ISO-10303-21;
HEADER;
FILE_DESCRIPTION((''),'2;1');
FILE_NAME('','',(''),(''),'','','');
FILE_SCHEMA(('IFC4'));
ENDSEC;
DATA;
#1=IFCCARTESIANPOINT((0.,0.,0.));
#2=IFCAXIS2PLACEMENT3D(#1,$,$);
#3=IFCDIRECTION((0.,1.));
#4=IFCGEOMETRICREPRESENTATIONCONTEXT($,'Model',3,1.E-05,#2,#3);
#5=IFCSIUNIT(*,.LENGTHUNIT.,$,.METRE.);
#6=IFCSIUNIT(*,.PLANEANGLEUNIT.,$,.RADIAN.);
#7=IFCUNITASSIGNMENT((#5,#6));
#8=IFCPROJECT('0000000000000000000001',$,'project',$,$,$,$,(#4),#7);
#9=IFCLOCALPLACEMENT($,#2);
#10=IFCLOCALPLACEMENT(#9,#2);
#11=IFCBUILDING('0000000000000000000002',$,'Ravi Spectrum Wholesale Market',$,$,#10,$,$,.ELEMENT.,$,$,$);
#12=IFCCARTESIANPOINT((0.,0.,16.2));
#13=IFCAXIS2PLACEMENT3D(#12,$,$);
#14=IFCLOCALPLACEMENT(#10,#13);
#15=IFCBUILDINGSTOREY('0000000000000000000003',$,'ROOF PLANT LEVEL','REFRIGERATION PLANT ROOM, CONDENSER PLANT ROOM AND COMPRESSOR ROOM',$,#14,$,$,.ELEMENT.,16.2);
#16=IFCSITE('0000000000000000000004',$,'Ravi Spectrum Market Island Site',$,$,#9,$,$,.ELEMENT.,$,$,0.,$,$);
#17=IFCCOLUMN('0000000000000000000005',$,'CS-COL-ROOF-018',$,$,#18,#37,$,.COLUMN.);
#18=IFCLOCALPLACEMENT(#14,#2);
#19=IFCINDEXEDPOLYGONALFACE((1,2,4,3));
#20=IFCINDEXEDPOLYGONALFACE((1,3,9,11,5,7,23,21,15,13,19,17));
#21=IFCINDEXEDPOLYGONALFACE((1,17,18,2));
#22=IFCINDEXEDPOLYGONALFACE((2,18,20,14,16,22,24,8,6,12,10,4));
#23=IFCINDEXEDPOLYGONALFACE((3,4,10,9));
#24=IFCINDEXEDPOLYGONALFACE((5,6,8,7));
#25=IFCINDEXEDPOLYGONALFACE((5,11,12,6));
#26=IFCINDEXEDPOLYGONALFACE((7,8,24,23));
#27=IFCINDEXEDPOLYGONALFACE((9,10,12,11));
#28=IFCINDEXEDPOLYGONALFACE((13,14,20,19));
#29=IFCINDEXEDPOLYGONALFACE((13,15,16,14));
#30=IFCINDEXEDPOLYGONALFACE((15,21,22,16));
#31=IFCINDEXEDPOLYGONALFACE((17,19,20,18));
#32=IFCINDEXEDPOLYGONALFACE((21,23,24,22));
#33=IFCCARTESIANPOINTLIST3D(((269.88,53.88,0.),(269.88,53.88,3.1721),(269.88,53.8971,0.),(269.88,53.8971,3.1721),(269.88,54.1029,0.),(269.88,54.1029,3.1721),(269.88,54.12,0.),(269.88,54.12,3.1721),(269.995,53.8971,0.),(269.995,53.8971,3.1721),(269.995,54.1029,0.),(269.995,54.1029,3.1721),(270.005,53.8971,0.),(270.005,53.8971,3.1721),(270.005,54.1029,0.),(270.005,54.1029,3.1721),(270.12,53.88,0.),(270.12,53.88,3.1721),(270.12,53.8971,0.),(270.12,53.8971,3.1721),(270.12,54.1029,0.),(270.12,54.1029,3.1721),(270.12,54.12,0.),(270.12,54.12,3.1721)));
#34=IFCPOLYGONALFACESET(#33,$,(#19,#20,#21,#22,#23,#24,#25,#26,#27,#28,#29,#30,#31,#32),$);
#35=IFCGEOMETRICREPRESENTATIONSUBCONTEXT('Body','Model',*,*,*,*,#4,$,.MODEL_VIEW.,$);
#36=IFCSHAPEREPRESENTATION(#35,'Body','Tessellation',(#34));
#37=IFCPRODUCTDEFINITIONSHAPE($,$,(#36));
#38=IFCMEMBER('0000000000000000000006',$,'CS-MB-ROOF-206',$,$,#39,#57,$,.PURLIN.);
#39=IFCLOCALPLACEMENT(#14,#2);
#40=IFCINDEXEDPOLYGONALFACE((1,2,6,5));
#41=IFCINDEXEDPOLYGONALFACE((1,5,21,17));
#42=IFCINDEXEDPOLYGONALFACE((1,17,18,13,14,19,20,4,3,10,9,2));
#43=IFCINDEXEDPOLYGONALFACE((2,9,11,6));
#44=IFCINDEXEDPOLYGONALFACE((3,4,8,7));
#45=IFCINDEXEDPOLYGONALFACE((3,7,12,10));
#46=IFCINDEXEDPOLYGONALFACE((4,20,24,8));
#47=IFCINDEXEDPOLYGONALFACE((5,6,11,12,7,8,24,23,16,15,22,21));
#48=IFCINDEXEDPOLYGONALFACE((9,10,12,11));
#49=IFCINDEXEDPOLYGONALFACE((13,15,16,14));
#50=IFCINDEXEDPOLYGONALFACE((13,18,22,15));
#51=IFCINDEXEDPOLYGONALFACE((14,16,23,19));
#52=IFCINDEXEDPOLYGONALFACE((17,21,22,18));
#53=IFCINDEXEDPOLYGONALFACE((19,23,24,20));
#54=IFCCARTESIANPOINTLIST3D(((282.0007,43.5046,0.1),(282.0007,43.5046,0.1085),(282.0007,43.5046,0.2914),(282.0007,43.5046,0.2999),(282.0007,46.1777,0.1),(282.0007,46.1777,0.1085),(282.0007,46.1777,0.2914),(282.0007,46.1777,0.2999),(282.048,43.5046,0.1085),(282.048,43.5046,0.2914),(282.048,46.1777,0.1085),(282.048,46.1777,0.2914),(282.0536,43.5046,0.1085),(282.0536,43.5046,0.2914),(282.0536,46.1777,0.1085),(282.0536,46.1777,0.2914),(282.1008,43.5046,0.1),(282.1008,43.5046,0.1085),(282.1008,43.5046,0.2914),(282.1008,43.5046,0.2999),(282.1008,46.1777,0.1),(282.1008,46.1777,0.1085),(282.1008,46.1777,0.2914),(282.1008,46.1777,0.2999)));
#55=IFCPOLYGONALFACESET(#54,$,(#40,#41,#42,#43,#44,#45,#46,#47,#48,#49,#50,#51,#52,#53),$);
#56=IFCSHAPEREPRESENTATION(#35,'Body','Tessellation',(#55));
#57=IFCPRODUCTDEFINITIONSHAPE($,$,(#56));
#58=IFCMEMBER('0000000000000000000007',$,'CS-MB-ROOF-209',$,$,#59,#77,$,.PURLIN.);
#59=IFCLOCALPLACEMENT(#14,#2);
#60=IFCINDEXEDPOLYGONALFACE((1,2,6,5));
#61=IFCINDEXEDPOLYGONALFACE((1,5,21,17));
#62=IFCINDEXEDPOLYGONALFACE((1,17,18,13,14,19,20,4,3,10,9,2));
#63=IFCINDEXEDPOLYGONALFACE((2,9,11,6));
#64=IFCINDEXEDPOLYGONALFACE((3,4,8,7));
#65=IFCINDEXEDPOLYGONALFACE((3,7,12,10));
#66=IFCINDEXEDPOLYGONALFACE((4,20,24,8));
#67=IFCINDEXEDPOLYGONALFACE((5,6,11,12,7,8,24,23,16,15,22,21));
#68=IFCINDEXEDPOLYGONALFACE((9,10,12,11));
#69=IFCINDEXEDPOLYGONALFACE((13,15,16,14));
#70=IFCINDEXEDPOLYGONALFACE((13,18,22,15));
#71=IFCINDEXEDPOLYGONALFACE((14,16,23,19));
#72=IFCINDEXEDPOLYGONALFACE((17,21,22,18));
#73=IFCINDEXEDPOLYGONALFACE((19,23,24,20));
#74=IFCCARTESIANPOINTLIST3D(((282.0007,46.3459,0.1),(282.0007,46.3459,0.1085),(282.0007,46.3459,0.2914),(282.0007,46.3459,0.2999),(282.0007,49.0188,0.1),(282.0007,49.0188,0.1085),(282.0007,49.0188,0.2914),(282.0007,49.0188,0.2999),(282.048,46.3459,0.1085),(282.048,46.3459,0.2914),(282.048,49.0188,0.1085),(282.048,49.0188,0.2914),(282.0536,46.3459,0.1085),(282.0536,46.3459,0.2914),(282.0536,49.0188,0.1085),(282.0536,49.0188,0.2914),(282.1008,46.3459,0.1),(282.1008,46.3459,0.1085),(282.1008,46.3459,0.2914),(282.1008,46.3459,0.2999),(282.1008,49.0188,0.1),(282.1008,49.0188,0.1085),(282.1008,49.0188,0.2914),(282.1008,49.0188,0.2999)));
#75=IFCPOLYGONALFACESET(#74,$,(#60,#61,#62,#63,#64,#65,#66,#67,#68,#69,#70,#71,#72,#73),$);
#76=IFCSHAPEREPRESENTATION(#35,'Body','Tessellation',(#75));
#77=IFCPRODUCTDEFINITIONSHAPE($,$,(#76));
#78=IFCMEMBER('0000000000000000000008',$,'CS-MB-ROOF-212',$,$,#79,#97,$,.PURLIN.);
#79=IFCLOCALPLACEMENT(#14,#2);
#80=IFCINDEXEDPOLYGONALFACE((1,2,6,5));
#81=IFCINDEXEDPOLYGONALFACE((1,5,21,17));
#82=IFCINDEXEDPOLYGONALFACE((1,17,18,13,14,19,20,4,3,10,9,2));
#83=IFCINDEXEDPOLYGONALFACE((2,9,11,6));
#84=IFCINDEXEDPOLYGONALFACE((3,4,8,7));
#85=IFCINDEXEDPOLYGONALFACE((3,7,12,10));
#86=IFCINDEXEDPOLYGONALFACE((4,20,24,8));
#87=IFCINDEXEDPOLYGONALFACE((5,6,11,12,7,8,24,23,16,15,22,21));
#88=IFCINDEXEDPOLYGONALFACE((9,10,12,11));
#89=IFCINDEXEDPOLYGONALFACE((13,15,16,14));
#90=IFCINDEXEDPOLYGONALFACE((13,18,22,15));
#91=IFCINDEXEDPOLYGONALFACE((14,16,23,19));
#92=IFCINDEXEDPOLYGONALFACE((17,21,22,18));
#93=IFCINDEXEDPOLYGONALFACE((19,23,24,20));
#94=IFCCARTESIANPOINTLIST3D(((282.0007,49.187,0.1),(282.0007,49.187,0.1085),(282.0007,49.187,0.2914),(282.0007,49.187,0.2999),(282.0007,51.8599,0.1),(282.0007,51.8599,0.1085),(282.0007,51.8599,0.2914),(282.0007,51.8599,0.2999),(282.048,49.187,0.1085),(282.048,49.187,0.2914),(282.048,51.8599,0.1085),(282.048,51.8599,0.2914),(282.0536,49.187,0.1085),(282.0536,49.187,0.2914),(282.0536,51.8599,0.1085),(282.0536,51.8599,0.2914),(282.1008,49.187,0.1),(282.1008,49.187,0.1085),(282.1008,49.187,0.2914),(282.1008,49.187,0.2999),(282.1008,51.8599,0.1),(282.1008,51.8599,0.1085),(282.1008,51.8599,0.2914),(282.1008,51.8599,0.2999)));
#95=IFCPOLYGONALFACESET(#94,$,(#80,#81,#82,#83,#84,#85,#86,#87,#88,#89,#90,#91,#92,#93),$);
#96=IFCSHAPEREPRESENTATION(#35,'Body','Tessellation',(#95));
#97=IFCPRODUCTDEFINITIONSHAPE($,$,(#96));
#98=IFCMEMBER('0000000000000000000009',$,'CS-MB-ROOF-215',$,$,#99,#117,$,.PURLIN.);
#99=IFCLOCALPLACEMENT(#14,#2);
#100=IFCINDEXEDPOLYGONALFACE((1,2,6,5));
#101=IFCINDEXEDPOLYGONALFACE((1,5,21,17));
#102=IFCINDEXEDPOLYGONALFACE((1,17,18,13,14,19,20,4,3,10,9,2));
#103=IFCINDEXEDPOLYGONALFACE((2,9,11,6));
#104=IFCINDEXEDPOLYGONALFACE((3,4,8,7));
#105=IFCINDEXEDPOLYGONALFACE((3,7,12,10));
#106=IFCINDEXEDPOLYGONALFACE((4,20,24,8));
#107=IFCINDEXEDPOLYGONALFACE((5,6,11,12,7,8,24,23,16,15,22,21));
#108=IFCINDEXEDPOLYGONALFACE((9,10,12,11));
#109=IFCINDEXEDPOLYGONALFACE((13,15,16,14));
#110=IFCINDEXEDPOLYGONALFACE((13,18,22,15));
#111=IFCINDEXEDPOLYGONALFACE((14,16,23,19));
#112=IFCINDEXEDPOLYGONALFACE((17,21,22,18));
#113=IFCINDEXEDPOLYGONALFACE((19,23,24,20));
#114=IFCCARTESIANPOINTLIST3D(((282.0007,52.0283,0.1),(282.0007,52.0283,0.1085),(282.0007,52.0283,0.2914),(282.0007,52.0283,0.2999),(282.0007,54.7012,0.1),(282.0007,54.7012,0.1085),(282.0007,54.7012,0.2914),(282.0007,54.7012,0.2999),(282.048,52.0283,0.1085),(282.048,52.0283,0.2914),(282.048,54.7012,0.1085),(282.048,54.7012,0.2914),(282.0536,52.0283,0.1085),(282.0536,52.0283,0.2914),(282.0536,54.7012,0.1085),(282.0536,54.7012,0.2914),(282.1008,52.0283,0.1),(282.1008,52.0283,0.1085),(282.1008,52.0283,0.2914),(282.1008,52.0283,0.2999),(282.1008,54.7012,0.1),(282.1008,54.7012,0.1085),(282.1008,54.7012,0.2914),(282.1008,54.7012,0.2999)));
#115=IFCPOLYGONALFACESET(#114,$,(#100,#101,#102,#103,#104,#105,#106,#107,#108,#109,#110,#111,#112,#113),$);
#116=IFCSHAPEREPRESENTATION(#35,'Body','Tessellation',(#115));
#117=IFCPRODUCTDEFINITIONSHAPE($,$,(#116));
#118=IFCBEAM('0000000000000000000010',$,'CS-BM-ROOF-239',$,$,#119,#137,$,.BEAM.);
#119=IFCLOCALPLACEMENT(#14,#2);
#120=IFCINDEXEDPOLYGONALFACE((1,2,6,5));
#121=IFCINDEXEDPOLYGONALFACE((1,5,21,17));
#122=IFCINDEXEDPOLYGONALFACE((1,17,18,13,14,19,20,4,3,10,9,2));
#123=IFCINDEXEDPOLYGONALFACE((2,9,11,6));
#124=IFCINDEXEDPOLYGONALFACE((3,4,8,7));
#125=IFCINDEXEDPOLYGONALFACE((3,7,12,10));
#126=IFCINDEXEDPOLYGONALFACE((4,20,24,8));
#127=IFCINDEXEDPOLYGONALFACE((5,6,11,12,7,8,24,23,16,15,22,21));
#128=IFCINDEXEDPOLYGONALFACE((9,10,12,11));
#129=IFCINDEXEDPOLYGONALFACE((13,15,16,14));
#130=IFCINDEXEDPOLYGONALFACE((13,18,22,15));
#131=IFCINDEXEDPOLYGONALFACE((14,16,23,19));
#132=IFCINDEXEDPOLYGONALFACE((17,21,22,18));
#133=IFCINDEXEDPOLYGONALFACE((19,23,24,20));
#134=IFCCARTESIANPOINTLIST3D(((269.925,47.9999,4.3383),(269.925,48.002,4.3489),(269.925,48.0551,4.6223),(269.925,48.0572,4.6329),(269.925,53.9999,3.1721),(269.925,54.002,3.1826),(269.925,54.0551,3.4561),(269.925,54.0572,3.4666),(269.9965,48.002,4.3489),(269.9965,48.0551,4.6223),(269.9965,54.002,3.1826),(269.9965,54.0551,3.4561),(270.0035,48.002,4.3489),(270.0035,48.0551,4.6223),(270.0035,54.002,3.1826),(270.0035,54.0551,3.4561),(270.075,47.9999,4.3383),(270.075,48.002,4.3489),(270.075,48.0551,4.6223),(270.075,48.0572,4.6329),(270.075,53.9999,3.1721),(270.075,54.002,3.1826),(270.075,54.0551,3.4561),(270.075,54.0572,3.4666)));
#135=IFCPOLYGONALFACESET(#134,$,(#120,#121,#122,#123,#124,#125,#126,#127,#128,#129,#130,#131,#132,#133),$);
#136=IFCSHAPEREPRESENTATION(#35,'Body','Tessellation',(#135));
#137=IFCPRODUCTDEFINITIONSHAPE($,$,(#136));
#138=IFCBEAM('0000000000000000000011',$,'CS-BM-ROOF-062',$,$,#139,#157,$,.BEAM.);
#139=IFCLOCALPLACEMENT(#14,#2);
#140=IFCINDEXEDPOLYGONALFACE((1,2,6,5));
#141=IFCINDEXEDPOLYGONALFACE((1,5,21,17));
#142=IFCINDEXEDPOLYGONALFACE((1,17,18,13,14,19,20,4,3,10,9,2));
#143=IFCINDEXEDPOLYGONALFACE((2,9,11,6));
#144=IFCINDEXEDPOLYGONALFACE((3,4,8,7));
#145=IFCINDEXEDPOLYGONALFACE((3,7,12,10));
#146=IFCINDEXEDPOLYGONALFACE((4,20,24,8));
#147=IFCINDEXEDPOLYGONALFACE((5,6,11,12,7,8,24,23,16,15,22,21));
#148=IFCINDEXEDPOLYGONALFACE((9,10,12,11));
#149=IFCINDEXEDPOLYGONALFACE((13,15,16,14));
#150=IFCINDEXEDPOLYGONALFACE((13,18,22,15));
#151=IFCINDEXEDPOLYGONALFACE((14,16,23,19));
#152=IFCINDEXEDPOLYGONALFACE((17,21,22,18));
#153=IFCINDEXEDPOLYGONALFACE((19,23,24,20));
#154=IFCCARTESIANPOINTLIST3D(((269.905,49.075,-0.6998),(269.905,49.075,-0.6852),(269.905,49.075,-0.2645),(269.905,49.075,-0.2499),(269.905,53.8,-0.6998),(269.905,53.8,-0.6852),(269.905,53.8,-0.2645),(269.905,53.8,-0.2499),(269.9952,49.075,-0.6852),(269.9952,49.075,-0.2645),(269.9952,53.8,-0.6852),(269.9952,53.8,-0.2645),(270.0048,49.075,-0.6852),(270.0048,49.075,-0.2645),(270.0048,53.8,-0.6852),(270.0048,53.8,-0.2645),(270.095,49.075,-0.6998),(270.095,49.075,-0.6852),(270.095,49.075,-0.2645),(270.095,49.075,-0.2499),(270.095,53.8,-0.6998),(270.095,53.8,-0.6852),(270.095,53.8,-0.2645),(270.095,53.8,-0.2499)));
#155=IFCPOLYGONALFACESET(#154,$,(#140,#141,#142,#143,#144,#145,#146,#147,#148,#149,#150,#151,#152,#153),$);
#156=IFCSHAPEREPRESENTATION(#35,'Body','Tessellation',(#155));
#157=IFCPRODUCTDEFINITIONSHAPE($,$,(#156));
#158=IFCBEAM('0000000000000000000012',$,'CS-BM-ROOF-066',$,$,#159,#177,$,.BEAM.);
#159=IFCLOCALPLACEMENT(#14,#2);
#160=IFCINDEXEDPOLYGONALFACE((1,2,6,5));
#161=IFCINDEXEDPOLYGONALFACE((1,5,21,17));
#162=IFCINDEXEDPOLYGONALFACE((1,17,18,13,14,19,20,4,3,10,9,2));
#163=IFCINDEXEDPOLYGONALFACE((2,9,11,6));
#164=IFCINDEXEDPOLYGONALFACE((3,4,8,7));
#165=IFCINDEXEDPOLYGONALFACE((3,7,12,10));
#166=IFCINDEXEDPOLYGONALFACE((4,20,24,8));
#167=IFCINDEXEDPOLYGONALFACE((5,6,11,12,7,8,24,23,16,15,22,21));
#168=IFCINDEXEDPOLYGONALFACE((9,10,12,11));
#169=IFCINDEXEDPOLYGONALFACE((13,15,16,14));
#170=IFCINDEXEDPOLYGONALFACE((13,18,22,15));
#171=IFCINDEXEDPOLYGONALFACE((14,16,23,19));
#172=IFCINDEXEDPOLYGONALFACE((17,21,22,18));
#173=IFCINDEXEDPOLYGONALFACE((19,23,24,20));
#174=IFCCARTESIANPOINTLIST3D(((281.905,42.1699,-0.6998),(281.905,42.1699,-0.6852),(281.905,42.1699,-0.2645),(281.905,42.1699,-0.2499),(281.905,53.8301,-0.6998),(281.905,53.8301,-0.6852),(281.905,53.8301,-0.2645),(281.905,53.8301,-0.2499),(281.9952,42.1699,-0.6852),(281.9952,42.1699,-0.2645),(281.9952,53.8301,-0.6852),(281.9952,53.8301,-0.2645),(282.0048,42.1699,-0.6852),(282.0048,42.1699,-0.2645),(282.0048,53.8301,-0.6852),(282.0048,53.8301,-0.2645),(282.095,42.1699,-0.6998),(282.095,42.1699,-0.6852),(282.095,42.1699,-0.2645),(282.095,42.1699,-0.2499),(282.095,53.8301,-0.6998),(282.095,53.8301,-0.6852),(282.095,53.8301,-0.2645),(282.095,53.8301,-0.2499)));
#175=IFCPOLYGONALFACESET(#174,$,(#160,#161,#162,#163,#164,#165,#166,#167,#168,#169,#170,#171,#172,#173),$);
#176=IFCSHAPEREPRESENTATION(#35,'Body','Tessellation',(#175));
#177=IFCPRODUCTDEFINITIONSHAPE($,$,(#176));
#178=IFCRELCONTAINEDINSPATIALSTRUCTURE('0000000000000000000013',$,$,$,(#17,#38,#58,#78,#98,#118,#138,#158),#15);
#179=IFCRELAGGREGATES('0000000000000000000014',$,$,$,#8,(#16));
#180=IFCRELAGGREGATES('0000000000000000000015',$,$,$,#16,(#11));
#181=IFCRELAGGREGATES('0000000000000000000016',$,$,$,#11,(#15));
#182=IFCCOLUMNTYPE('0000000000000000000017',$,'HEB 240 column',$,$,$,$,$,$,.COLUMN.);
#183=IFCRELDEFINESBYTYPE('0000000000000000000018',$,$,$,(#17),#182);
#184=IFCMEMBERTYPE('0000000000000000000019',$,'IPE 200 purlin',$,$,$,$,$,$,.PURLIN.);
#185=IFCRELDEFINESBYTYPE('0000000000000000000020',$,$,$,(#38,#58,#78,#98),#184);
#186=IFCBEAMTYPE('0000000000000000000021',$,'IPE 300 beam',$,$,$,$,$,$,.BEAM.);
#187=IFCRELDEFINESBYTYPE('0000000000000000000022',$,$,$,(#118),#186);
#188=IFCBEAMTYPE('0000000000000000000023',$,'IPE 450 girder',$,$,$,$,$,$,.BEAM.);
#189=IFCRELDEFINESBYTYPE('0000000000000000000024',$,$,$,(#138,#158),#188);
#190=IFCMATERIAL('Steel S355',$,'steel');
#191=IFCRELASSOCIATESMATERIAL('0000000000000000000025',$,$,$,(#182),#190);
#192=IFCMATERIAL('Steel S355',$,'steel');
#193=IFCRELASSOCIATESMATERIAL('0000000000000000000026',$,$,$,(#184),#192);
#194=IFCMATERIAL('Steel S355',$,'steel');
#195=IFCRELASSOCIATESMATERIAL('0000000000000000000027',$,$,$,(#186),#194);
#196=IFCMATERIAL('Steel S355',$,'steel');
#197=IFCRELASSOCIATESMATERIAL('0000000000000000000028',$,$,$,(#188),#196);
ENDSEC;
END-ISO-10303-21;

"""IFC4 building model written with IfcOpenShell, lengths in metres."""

from ifc_helpers import new_model, si_unit, direction, frame, origin, origin_2d, place, context, subcontext, project, spatial, i_section, extrude, material, material_profile, profile_set, type_object, element, save


model = new_model("IFC4")

# Units and contexts
model_context = context("Model", 3, precision=1e-05, world=origin(), true_north=direction((0.0, 1.0)))
body_context = subcontext(model_context, "Body", "Model", "MODEL_VIEW")
ifc_project = project(units=[si_unit("LENGTHUNIT", "METRE"), si_unit("PLANEANGLEUNIT", "RADIAN")], contexts=[model_context])

# Site, building, storey
site_placement = place(None, origin())
site = spatial("IfcSite", under=ifc_project, at=site_placement, Name="Ravi Spectrum Market Island Site", CompositionType="ELEMENT", RefElevation=0.0)
building_placement = place(site_placement, origin())
building = spatial("IfcBuilding", under=site, at=building_placement, Name="Ravi Spectrum Wholesale Market", CompositionType="ELEMENT")
storey_placement = place(building_placement, frame((0.0, 0.0, 16.2)))
storey = spatial("IfcBuildingStorey", under=building, at=storey_placement, Name="ROOF PLANT LEVEL", Description="REFRIGERATION PLANT ROOM, CONDENSER PLANT ROOM AND COMPRESSOR ROOM", CompositionType="ELEMENT", Elevation=16.2)

# Column
ifc_material_1 = material(Name="Steel S355", Category="steel")
ifc_material_profile_1 = material_profile(ifc_material_1, i_section(OverallWidth=0.24, OverallDepth=0.24, WebThickness=0.01, FlangeThickness=0.0171, at=origin_2d()))
ifc_profile_set_1 = profile_set([ifc_material_profile_1], Name="Steel S355")
column_type = type_object("IfcColumnType", Name="HEB 240 column", PredefinedType="COLUMN", material=ifc_profile_set_1)
column_placement = place(storey_placement, frame((270.0, 54.0, 0.0), z_axis=(0.0, 0.0, 1.0), x_axis=(1.0, 0.0, 0.0)))
element("IfcColumn", 1, at=column_placement, inside=storey, type_object=column_type, Name="CS-COL-ROOF-018", PredefinedType="COLUMN", context=body_context, shape_type="SweptSolid", body=[
    extrude(i_section(OverallWidth=0.24, OverallDepth=0.24, WebThickness=0.01, FlangeThickness=0.0171, at=origin_2d()), origin(), (0.0, 0.0, 1.0), 3.1721),
])

# Members
ifc_material_2 = material(Name="Steel S355", Category="steel")
ifc_material_profile_2 = material_profile(ifc_material_2, i_section(OverallWidth=0.1001, OverallDepth=0.2, WebThickness=0.0056, FlangeThickness=0.0085, at=origin_2d()))
ifc_profile_set_2 = profile_set([ifc_material_profile_2], Name="Steel S355")
member_type = type_object("IfcMemberType", Name="IPE 200 purlin", PredefinedType="PURLIN", material=ifc_profile_set_2)
member_placement = place(storey_placement, frame((282.0508, 43.5046, 0.2), z_axis=(0.0, 1.0, 0.0), x_axis=(-1.0, 0.0, 0.0)))
element("IfcMember", 2, at=member_placement, inside=storey, type_object=member_type, Name="CS-MB-ROOF-206", PredefinedType="PURLIN", context=body_context, shape_type="SweptSolid", body=[
    extrude(i_section(OverallWidth=0.1001, OverallDepth=0.2, WebThickness=0.0056, FlangeThickness=0.0085, at=origin_2d()), origin(), (0.0, 0.0, 1.0), 2.6731),
])
for number, where, z_axis, x_axis, name in (
    (3, (282.0508, 46.3459, 0.2), (0.0, 1.0, 0.0), (-1.0, 0.0, 0.0), "CS-MB-ROOF-209"),
    (4, (282.0508, 49.187, 0.2), (0.0, 1.0, 0.0), (-1.0, 0.0, 0.0), "CS-MB-ROOF-212"),
    (5, (282.0508, 52.0283, 0.2), (0.0, 1.0, 0.0), (-1.0, 0.0, 0.0), "CS-MB-ROOF-215"),
):
    element("IfcMember", number, at=place(storey_placement, frame(where, z_axis=z_axis, x_axis=x_axis)), inside=storey, type_object=member_type, Name=name, PredefinedType="PURLIN", context=body_context, shape_type="SweptSolid", body=[
        extrude(i_section(OverallWidth=0.1001, OverallDepth=0.2, WebThickness=0.0056, FlangeThickness=0.0085, at=origin_2d()), origin(), (0.0, 0.0, 1.0), 2.6729),
    ])

# Beams
ifc_material_3 = material(Name="Steel S355", Category="steel")
ifc_material_profile_3 = material_profile(ifc_material_3, i_section(OverallWidth=0.1499, OverallDepth=0.3, WebThickness=0.0071, FlangeThickness=0.0107, at=origin_2d()))
ifc_profile_set_3 = profile_set([ifc_material_profile_3], Name="Steel S355")
beam_type_1 = type_object("IfcBeamType", Name="IPE 300 beam", PredefinedType="BEAM", material=ifc_profile_set_3)
beam_1_placement = place(storey_placement, frame((270.0, 54.0286, 3.3193), z_axis=(0.0, -0.981628, 0.190806), x_axis=(1.0, 0.0, 0.0)))
element("IfcBeam", 6, at=beam_1_placement, inside=storey, type_object=beam_type_1, Name="CS-BM-ROOF-239", PredefinedType="BEAM", context=body_context, shape_type="SweptSolid", body=[
    extrude(i_section(OverallWidth=0.1499, OverallDepth=0.3, WebThickness=0.0071, FlangeThickness=0.0107, at=origin_2d()), origin(), (0.0, 0.0, 1.0), 6.1123),
])
ifc_material_4 = material(Name="Steel S355", Category="steel")
ifc_material_profile_4 = material_profile(ifc_material_4, i_section(OverallWidth=0.1899, OverallDepth=0.45, WebThickness=0.0095, FlangeThickness=0.0146, at=origin_2d()))
ifc_profile_set_4 = profile_set([ifc_material_profile_4], Name="Steel S355")
beam_type_2 = type_object("IfcBeamType", Name="IPE 450 girder", PredefinedType="BEAM", material=ifc_profile_set_4)
beam_2_placement = place(storey_placement, frame((270.0, 49.075, -0.4749), z_axis=(0.0, 1.0, 0.0), x_axis=(-1.0, 0.0, 0.0)))
element("IfcBeam", 7, at=beam_2_placement, inside=storey, type_object=beam_type_2, Name="CS-BM-ROOF-062", PredefinedType="BEAM", context=body_context, shape_type="SweptSolid", body=[
    extrude(i_section(OverallWidth=0.1899, OverallDepth=0.45, WebThickness=0.0095, FlangeThickness=0.0146, at=origin_2d()), origin(), (0.0, 0.0, 1.0), 4.7251),
])
beam_3_placement = place(storey_placement, frame((282.0, 42.1699, -0.4749), z_axis=(0.0, 1.0, 0.0), x_axis=(-1.0, 0.0, 0.0)))
element("IfcBeam", 8, at=beam_3_placement, inside=storey, type_object=beam_type_2, Name="CS-BM-ROOF-066", PredefinedType="BEAM", context=body_context, shape_type="SweptSolid", body=[
    extrude(i_section(OverallWidth=0.1899, OverallDepth=0.45, WebThickness=0.0095, FlangeThickness=0.0146, at=origin_2d()), origin(), (0.0, 0.0, 1.0), 11.6602),
])

save(model, "model.ifc")
